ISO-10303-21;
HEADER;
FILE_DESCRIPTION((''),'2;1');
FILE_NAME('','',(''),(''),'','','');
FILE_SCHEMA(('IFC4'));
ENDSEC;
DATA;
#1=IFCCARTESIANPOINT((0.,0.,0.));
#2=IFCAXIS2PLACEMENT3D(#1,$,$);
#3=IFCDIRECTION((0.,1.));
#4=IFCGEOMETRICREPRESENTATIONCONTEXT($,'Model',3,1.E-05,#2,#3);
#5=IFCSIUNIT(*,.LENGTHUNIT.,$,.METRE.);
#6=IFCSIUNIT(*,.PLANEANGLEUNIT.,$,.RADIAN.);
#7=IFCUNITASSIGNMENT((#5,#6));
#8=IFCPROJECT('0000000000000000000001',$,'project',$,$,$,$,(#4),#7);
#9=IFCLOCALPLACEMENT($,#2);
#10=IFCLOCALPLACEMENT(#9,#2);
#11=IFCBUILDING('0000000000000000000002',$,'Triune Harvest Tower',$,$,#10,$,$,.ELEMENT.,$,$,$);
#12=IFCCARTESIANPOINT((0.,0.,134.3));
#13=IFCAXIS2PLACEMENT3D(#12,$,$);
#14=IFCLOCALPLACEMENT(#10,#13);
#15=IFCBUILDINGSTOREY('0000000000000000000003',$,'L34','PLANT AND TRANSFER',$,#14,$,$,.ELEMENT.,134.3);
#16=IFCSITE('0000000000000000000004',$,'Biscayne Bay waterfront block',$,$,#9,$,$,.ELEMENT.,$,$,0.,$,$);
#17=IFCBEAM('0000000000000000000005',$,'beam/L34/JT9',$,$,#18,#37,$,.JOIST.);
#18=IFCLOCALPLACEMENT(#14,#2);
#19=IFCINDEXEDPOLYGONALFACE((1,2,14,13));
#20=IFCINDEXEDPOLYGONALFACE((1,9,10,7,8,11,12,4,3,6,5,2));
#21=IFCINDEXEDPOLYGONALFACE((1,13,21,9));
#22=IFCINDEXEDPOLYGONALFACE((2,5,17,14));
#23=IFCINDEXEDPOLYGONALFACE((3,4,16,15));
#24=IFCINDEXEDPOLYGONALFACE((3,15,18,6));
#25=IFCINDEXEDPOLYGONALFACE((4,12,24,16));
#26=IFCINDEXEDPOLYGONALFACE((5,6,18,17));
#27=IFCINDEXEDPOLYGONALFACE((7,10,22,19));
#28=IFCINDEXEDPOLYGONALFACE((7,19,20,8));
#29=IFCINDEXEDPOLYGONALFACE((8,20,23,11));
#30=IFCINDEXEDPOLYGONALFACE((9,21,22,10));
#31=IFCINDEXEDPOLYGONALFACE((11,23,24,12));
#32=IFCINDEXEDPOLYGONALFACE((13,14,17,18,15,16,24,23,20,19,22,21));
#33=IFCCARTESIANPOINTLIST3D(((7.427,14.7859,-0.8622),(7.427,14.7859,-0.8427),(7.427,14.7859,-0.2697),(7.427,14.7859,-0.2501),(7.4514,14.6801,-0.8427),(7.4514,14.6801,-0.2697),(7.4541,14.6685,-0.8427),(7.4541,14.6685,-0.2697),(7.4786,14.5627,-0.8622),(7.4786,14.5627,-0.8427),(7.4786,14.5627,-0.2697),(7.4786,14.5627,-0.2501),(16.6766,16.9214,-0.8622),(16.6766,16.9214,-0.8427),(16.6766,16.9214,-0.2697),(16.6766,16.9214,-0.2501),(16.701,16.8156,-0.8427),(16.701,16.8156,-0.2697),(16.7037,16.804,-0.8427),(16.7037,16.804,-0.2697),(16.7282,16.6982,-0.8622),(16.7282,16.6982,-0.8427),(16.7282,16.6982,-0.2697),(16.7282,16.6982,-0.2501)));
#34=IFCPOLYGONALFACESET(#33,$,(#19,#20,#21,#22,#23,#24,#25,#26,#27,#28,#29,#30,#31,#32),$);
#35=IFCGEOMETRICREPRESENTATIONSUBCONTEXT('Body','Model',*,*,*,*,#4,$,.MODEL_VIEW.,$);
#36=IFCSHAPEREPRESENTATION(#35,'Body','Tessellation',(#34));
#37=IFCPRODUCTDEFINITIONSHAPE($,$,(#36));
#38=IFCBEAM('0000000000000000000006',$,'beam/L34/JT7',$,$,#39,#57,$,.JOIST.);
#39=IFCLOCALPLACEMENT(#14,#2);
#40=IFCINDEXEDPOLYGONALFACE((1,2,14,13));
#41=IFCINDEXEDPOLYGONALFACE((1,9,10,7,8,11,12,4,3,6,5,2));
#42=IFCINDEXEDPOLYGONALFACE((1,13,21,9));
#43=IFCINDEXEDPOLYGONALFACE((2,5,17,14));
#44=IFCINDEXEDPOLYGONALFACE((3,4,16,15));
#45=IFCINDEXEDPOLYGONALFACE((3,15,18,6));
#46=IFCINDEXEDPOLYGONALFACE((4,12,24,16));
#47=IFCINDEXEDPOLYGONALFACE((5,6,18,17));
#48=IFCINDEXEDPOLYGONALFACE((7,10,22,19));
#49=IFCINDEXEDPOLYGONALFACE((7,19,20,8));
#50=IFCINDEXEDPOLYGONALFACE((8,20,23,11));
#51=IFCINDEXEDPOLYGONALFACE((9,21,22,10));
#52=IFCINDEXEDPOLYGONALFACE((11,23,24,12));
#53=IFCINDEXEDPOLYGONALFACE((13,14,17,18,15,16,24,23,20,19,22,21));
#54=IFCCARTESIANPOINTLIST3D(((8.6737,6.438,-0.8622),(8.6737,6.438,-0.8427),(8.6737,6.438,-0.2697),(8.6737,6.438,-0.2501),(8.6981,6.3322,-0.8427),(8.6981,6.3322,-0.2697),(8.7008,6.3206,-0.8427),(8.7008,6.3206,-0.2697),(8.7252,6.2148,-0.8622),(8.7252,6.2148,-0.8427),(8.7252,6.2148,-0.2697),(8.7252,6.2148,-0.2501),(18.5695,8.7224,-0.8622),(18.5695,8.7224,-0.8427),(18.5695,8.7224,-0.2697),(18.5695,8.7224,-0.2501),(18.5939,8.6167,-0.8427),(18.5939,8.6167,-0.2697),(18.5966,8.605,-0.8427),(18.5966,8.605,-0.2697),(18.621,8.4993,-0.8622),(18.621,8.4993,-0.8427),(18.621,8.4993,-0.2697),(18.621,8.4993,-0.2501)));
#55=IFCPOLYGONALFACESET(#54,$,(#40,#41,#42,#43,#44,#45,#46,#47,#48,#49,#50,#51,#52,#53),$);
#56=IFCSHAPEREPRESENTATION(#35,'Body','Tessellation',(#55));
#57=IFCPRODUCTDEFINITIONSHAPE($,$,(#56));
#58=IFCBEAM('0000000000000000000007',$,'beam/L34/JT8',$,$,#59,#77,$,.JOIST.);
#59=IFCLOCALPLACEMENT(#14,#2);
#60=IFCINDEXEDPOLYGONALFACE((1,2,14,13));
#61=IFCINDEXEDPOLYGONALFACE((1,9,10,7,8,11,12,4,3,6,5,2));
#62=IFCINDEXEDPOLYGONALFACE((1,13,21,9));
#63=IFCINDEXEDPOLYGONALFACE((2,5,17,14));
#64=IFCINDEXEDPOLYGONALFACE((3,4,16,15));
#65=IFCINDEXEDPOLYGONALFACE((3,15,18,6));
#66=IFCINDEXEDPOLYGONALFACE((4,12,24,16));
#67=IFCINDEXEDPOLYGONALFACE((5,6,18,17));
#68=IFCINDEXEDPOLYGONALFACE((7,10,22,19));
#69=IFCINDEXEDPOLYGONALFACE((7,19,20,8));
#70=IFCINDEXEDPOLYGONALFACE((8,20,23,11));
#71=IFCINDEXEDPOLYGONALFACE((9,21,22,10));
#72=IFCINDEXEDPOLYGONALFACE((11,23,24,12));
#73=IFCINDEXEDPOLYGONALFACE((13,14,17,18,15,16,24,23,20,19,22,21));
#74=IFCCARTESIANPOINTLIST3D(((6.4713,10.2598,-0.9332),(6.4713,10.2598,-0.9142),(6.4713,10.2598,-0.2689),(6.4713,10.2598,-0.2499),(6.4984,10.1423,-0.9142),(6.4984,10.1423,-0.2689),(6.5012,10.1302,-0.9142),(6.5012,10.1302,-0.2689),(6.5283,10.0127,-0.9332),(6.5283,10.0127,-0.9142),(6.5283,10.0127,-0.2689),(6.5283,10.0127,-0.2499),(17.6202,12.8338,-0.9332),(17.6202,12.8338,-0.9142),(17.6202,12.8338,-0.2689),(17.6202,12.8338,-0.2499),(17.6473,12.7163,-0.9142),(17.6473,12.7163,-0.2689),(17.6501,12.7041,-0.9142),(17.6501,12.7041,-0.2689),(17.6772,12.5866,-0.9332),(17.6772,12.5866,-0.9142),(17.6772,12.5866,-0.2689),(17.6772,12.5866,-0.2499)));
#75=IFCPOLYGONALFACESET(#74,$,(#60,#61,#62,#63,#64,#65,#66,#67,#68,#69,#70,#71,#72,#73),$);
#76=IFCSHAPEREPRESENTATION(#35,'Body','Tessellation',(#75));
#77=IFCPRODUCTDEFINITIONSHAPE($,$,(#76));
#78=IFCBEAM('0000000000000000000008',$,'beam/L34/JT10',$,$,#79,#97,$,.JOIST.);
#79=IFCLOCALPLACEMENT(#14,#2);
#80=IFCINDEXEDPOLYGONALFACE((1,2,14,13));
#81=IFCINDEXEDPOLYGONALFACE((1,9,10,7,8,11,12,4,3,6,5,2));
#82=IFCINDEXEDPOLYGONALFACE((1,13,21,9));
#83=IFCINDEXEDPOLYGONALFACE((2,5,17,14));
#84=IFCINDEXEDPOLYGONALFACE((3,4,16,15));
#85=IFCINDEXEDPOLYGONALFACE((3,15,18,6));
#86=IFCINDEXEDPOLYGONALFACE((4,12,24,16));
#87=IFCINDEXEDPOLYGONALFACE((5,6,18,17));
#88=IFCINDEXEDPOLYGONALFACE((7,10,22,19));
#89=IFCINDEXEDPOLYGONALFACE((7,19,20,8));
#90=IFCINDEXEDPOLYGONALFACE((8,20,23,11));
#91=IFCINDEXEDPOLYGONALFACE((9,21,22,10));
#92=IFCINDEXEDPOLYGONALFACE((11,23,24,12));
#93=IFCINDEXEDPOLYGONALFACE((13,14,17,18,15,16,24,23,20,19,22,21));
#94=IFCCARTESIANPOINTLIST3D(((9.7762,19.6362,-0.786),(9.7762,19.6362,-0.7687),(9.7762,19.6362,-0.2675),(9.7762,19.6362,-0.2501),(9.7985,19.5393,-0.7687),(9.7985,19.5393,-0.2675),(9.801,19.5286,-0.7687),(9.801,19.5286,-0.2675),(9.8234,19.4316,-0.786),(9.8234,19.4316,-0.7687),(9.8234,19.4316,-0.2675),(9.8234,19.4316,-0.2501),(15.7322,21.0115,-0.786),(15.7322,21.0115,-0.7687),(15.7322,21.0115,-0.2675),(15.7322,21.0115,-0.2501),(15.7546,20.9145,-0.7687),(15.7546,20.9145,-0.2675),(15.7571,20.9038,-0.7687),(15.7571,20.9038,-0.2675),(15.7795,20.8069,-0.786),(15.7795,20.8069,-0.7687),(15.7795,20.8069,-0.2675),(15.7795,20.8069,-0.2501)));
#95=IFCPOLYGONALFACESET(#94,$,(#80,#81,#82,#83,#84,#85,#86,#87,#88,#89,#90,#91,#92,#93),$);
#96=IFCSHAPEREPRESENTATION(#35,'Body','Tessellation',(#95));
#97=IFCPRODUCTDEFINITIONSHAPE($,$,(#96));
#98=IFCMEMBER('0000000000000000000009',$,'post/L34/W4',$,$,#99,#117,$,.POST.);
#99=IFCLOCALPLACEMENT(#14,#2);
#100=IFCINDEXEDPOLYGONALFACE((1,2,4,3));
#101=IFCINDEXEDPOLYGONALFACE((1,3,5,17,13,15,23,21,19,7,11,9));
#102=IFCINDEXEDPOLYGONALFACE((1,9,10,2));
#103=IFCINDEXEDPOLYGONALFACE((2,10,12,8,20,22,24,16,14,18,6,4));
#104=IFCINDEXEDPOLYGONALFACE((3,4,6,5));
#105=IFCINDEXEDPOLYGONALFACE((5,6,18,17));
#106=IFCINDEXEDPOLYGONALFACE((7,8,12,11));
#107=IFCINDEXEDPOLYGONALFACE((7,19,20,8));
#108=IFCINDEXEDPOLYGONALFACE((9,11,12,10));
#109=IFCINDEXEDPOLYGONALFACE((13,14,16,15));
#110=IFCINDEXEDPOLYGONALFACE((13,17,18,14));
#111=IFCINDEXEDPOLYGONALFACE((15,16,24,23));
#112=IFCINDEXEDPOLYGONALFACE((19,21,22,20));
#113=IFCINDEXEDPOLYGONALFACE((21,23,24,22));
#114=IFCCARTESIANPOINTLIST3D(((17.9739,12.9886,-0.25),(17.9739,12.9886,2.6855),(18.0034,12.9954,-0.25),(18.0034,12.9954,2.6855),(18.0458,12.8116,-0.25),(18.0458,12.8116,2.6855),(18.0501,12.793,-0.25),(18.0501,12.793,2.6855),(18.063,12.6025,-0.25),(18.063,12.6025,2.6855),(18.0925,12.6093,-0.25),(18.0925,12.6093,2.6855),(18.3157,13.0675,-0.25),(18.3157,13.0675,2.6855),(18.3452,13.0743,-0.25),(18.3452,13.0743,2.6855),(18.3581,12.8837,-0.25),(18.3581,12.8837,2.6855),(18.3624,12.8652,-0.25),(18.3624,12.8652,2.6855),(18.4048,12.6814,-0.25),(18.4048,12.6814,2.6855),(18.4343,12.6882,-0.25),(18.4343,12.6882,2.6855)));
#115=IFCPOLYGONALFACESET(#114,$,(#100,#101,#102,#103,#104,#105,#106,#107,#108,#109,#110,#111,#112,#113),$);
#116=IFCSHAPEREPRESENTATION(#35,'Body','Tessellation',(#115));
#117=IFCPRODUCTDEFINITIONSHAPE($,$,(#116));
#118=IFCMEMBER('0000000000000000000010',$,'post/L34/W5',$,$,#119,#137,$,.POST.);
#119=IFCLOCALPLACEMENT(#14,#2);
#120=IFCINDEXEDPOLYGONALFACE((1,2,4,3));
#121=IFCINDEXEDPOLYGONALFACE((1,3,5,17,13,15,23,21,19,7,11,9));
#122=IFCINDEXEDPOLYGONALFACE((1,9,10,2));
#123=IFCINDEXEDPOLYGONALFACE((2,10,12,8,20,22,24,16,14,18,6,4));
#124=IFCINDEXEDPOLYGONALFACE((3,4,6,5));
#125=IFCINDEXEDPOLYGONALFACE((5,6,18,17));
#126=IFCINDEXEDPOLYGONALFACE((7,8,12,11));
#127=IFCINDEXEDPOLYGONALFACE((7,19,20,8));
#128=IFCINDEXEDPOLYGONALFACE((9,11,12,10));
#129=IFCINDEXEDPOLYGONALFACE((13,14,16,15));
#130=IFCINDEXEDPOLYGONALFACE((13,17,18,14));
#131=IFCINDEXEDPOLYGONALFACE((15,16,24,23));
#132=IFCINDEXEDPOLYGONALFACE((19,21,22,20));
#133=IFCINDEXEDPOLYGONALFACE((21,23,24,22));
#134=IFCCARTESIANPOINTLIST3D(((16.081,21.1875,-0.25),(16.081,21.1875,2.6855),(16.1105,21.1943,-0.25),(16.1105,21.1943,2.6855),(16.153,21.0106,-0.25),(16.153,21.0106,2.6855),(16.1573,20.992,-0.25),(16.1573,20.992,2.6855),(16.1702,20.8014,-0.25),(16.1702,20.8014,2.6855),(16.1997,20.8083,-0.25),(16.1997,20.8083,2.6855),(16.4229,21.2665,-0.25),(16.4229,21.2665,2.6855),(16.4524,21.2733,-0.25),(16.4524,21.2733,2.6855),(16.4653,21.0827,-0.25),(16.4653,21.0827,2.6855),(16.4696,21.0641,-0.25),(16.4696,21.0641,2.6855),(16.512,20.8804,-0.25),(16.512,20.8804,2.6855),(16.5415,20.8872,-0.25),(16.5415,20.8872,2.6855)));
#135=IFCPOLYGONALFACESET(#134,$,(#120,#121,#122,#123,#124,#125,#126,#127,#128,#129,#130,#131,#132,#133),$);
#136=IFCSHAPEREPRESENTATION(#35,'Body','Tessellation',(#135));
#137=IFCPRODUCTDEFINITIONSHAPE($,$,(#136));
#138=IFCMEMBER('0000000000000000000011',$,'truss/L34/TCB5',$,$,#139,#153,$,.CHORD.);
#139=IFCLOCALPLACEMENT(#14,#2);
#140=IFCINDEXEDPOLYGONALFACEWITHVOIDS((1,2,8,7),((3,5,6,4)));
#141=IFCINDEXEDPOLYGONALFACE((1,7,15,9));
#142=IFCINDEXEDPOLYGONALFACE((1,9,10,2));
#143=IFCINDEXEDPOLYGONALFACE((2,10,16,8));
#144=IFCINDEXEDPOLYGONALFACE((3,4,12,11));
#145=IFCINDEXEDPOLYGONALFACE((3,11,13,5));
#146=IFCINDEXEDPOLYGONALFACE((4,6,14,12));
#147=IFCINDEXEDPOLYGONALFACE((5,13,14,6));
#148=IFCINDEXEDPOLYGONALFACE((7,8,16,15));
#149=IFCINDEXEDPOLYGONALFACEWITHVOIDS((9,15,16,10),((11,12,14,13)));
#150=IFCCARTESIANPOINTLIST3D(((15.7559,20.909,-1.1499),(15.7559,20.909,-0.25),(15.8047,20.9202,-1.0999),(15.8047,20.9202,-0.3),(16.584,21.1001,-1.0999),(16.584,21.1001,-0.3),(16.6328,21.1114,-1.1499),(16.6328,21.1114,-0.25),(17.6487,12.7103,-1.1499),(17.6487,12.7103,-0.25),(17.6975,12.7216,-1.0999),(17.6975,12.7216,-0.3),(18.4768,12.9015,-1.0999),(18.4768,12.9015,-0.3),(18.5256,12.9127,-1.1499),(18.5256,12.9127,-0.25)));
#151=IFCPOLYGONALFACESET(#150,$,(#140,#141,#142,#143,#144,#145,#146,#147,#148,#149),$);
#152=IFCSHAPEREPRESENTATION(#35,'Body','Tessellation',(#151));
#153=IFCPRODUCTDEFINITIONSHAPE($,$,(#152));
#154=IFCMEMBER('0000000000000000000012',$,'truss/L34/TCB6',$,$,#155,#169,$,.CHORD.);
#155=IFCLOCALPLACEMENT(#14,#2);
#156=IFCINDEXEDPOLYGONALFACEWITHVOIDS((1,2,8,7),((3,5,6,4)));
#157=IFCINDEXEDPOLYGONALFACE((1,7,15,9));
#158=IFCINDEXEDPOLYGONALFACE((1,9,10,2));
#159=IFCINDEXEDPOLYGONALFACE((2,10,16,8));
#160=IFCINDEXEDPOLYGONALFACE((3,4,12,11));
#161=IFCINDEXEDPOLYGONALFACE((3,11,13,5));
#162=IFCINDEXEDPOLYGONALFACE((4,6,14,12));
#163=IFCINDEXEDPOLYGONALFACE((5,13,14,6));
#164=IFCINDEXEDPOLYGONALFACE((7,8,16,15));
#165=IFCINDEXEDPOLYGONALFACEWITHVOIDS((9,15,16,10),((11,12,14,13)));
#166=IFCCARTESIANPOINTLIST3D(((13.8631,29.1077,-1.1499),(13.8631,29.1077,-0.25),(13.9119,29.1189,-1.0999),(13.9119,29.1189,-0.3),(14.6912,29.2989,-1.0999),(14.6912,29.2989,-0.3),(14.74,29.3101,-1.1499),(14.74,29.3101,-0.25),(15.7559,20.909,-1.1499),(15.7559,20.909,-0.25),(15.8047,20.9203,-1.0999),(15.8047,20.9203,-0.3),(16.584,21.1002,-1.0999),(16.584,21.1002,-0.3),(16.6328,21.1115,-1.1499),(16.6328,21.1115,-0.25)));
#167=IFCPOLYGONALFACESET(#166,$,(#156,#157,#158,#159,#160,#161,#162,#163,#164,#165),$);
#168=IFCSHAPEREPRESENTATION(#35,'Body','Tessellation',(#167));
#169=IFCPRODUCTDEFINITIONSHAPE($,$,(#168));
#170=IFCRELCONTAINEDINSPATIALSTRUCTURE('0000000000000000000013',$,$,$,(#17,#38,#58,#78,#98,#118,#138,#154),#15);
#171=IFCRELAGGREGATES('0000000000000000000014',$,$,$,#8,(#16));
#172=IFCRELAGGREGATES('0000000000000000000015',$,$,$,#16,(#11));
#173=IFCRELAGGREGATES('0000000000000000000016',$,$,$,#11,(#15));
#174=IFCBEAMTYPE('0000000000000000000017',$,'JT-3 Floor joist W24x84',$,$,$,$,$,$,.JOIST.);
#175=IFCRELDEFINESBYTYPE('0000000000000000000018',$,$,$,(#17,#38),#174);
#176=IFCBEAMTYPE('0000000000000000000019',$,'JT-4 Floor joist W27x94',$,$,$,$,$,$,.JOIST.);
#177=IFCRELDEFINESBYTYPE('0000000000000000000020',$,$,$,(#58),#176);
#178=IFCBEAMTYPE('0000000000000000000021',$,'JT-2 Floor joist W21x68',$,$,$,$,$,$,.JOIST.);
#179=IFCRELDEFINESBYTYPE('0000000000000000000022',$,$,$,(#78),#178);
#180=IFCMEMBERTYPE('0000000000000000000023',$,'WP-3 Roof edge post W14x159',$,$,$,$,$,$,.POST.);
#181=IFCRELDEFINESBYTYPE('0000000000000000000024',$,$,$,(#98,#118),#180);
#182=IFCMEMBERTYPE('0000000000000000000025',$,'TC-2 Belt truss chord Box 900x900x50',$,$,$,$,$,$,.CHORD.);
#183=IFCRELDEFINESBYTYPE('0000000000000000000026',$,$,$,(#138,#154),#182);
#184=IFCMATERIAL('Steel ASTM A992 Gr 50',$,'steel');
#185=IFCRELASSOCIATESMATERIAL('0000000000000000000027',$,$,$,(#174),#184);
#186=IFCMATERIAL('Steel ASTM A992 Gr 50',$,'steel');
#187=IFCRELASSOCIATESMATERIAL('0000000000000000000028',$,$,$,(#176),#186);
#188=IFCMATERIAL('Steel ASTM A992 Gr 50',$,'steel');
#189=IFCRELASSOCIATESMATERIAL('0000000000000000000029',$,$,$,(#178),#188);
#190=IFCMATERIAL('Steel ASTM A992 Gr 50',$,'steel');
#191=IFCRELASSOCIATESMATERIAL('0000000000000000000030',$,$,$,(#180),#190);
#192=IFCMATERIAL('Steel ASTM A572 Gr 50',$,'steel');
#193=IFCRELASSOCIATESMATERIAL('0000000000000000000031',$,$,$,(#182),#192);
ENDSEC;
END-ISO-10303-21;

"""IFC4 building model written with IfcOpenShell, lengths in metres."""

from ifc_helpers import new_model, si_unit, direction, frame, origin, origin_2d, place, context, subcontext, project, spatial, hollow_rectangle, i_section, extrude, source, transform, mapped, material, material_profile, profile_set, type_object, element, save


model = new_model("IFC4")

# Units and contexts
model_context = context("Model", 3, precision=1e-05, world=origin(), true_north=direction((0.0, 1.0)))
body_context = subcontext(model_context, "Body", "Model", "MODEL_VIEW")
ifc_project = project(units=[si_unit("LENGTHUNIT", "METRE"), si_unit("PLANEANGLEUNIT", "RADIAN")], contexts=[model_context])

# Site, building, storey
site_placement = place(None, origin())
site = spatial("IfcSite", under=ifc_project, at=site_placement, Name="Biscayne Bay waterfront block", CompositionType="ELEMENT", RefElevation=0.0)
building_placement = place(site_placement, origin())
building = spatial("IfcBuilding", under=site, at=building_placement, Name="Triune Harvest Tower", CompositionType="ELEMENT")
storey_placement = place(building_placement, frame((0.0, 0.0, 134.3)))
storey = spatial("IfcBuildingStorey", under=building, at=storey_placement, Name="L34", Description="PLANT AND TRANSFER", CompositionType="ELEMENT", Elevation=134.3)

# Beams
ifc_material_1 = material(Name="Steel ASTM A992 Gr 50", Category="steel")
ifc_material_profile_1 = material_profile(ifc_material_1, i_section(OverallWidth=0.229, OverallDepth=0.6121, WebThickness=0.012, FlangeThickness=0.0195, at=origin_2d()), Name="W24x84")
ifc_profile_set_1 = profile_set([ifc_material_profile_1], Name="Steel ASTM A992 Gr 50")
beam_type_1 = type_object("IfcBeamType", Name="JT-3 Floor joist W24x84", PredefinedType="JOIST", material=ifc_profile_set_1)
beam_1_placement = place(storey_placement, frame((16.7024, 16.8098, -0.5562), z_axis=(-0.974368, -0.224959, 0.0), x_axis=(0.224959, -0.974368, 0.0)))
element("IfcBeam", 1, at=beam_1_placement, inside=storey, type_object=beam_type_1, Name="beam/L34/JT9", PredefinedType="JOIST", context=body_context, shape_type="SweptSolid", body=[
    extrude(i_section(OverallWidth=0.229, OverallDepth=0.6121, WebThickness=0.012, FlangeThickness=0.0195, at=origin_2d()), origin(), (0.0, 0.0, 1.0), 9.4929),
])
shared_shape_1 = source(origin(), body_context, "Body", "SweptSolid", [
    extrude(i_section(OverallWidth=0.229, OverallDepth=0.6121, WebThickness=0.012, FlangeThickness=0.0195, at=origin_2d()), origin(), (0.0, 0.0, 1.0), 10.156),
])
beam_2_placement = place(storey_placement, frame((18.5952, 8.6108, -0.5562), z_axis=(-0.974374, -0.224933, 0.0), x_axis=(0.224933, -0.974374, 0.0)))
element("IfcBeam", 2, at=beam_2_placement, inside=storey, type_object=beam_type_1, Name="beam/L34/JT7", PredefinedType="JOIST", context=body_context, shape_type="MappedRepresentation", body=[
    mapped(shared_shape_1, transform((0.0, 0.0, 0.0), scale=1.0)),
])
ifc_material_2 = material(Name="Steel ASTM A992 Gr 50", Category="steel")
ifc_material_profile_2 = material_profile(ifc_material_2, i_section(OverallWidth=0.2537, OverallDepth=0.6833, WebThickness=0.0125, FlangeThickness=0.019, at=origin_2d()), Name="W27x94")
ifc_profile_set_2 = profile_set([ifc_material_profile_2], Name="Steel ASTM A992 Gr 50")
beam_type_2 = type_object("IfcBeamType", Name="JT-4 Floor joist W27x94", PredefinedType="JOIST", material=ifc_profile_set_2)
shared_shape_2 = source(origin(), body_context, "Body", "SweptSolid", [
    extrude(i_section(OverallWidth=0.2537, OverallDepth=0.6833, WebThickness=0.0125, FlangeThickness=0.019, at=origin_2d()), origin(), (0.0, 0.0, 1.0), 11.4421),
])
beam_3_placement = place(storey_placement, frame((17.6487, 12.7102, -0.5916), z_axis=(-0.974369, -0.224955, 0.0), x_axis=(0.224955, -0.974369, 0.0)))
element("IfcBeam", 3, at=beam_3_placement, inside=storey, type_object=beam_type_2, Name="beam/L34/JT8", PredefinedType="JOIST", context=body_context, shape_type="MappedRepresentation", body=[
    mapped(shared_shape_2, transform((0.0, 0.0, 0.0), scale=1.0)),
])
ifc_material_3 = material(Name="Steel ASTM A992 Gr 50", Category="steel")
ifc_material_profile_3 = material_profile(ifc_material_3, i_section(OverallWidth=0.21, OverallDepth=0.5359, WebThickness=0.011, FlangeThickness=0.0173, at=origin_2d()), Name="W21x68")
ifc_profile_set_3 = profile_set([ifc_material_profile_3], Name="Steel ASTM A992 Gr 50")
beam_type_3 = type_object("IfcBeamType", Name="JT-2 Floor joist W21x68", PredefinedType="JOIST", material=ifc_profile_set_3)
shared_shape_3 = source(origin(), body_context, "Body", "SweptSolid", [
    extrude(i_section(OverallWidth=0.21, OverallDepth=0.5359, WebThickness=0.011, FlangeThickness=0.0173, at=origin_2d()), origin(), (0.0, 0.0, 1.0), 6.1128),
])
beam_4_placement = place(storey_placement, frame((15.7559, 20.9092, -0.5181), z_axis=(-0.974364, -0.224979, 0.0), x_axis=(0.224979, -0.974364, 0.0)))
element("IfcBeam", 4, at=beam_4_placement, inside=storey, type_object=beam_type_3, Name="beam/L34/JT10", PredefinedType="JOIST", context=body_context, shape_type="MappedRepresentation", body=[
    mapped(shared_shape_3, transform((0.0, 0.0, 0.0), scale=1.0)),
])

# Members
ifc_material_4 = material(Name="Steel ASTM A992 Gr 50", Category="steel")
ifc_material_profile_4 = material_profile(ifc_material_4, i_section(OverallWidth=0.3962, OverallDepth=0.3811, WebThickness=0.019, FlangeThickness=0.0303, at=origin_2d()), Name="W14x159")
ifc_profile_set_4 = profile_set([ifc_material_profile_4], Name="Steel ASTM A992 Gr 50")
member_type_1 = type_object("IfcMemberType", Name="WP-3 Roof edge post W14x159", PredefinedType="POST", material=ifc_profile_set_4)
shared_shape_4 = source(origin(), body_context, "Body", "SweptSolid", [
    extrude(i_section(OverallWidth=0.3962, OverallDepth=0.3811, WebThickness=0.019, FlangeThickness=0.0303, at=origin_2d()), origin(), (0.0, 0.0, 1.0), 2.9355),
])
for number, where, z_axis, x_axis, name in (
    (5, (18.2041, 12.8384, -0.25), (0.0, 0.0, 1.0), (-0.224953, 0.97437, 0.0), "post/L34/W4"),
    (6, (16.3113, 21.0374, -0.25), (0.0, 0.0, 1.0), (-0.224953, 0.97437, 0.0), "post/L34/W5"),
):
    element("IfcMember", number, at=place(storey_placement, frame(where, z_axis=z_axis, x_axis=x_axis)), inside=storey, type_object=member_type_1, Name=name, PredefinedType="POST", context=body_context, shape_type="MappedRepresentation", body=[
        mapped(shared_shape_4, transform((0.0, 0.0, 0.0), scale=1.0)),
    ])
ifc_material_5 = material(Name="Steel ASTM A572 Gr 50", Category="steel")
ifc_material_profile_5 = material_profile(ifc_material_5, hollow_rectangle(XDim=0.8999, YDim=0.8999, WallThickness=0.05, at=origin_2d()), Name="Box 900x900x50")
ifc_profile_set_5 = profile_set([ifc_material_profile_5], Name="Steel ASTM A572 Gr 50")
member_type_2 = type_object("IfcMemberType", Name="TC-2 Belt truss chord Box 900x900x50", PredefinedType="CHORD", material=ifc_profile_set_5)
shared_shape_5 = source(origin(), body_context, "Body", "SweptSolid", [
    extrude(hollow_rectangle(XDim=0.8999, YDim=0.8999, WallThickness=0.05, at=origin_2d()), origin(), (0.0, 0.0, 1.0), 8.4143),
])
for number, where, z_axis, x_axis, name in (
    (7, (18.0872, 12.8115, -0.7), (-0.224951, 0.97437, 0.0), (-0.97437, -0.224951, 0.0), "truss/L34/TCB5"),
    (8, (16.1943, 21.0103, -0.7), (-0.224951, 0.97437, 0.0), (-0.97437, -0.224951, 0.0), "truss/L34/TCB6"),
):
    element("IfcMember", number, at=place(storey_placement, frame(where, z_axis=z_axis, x_axis=x_axis)), inside=storey, type_object=member_type_2, Name=name, PredefinedType="CHORD", context=body_context, shape_type="MappedRepresentation", body=[
        mapped(shared_shape_5, transform((0.0, 0.0, 0.0), scale=1.0)),
    ])

save(model, "model.ifc")
